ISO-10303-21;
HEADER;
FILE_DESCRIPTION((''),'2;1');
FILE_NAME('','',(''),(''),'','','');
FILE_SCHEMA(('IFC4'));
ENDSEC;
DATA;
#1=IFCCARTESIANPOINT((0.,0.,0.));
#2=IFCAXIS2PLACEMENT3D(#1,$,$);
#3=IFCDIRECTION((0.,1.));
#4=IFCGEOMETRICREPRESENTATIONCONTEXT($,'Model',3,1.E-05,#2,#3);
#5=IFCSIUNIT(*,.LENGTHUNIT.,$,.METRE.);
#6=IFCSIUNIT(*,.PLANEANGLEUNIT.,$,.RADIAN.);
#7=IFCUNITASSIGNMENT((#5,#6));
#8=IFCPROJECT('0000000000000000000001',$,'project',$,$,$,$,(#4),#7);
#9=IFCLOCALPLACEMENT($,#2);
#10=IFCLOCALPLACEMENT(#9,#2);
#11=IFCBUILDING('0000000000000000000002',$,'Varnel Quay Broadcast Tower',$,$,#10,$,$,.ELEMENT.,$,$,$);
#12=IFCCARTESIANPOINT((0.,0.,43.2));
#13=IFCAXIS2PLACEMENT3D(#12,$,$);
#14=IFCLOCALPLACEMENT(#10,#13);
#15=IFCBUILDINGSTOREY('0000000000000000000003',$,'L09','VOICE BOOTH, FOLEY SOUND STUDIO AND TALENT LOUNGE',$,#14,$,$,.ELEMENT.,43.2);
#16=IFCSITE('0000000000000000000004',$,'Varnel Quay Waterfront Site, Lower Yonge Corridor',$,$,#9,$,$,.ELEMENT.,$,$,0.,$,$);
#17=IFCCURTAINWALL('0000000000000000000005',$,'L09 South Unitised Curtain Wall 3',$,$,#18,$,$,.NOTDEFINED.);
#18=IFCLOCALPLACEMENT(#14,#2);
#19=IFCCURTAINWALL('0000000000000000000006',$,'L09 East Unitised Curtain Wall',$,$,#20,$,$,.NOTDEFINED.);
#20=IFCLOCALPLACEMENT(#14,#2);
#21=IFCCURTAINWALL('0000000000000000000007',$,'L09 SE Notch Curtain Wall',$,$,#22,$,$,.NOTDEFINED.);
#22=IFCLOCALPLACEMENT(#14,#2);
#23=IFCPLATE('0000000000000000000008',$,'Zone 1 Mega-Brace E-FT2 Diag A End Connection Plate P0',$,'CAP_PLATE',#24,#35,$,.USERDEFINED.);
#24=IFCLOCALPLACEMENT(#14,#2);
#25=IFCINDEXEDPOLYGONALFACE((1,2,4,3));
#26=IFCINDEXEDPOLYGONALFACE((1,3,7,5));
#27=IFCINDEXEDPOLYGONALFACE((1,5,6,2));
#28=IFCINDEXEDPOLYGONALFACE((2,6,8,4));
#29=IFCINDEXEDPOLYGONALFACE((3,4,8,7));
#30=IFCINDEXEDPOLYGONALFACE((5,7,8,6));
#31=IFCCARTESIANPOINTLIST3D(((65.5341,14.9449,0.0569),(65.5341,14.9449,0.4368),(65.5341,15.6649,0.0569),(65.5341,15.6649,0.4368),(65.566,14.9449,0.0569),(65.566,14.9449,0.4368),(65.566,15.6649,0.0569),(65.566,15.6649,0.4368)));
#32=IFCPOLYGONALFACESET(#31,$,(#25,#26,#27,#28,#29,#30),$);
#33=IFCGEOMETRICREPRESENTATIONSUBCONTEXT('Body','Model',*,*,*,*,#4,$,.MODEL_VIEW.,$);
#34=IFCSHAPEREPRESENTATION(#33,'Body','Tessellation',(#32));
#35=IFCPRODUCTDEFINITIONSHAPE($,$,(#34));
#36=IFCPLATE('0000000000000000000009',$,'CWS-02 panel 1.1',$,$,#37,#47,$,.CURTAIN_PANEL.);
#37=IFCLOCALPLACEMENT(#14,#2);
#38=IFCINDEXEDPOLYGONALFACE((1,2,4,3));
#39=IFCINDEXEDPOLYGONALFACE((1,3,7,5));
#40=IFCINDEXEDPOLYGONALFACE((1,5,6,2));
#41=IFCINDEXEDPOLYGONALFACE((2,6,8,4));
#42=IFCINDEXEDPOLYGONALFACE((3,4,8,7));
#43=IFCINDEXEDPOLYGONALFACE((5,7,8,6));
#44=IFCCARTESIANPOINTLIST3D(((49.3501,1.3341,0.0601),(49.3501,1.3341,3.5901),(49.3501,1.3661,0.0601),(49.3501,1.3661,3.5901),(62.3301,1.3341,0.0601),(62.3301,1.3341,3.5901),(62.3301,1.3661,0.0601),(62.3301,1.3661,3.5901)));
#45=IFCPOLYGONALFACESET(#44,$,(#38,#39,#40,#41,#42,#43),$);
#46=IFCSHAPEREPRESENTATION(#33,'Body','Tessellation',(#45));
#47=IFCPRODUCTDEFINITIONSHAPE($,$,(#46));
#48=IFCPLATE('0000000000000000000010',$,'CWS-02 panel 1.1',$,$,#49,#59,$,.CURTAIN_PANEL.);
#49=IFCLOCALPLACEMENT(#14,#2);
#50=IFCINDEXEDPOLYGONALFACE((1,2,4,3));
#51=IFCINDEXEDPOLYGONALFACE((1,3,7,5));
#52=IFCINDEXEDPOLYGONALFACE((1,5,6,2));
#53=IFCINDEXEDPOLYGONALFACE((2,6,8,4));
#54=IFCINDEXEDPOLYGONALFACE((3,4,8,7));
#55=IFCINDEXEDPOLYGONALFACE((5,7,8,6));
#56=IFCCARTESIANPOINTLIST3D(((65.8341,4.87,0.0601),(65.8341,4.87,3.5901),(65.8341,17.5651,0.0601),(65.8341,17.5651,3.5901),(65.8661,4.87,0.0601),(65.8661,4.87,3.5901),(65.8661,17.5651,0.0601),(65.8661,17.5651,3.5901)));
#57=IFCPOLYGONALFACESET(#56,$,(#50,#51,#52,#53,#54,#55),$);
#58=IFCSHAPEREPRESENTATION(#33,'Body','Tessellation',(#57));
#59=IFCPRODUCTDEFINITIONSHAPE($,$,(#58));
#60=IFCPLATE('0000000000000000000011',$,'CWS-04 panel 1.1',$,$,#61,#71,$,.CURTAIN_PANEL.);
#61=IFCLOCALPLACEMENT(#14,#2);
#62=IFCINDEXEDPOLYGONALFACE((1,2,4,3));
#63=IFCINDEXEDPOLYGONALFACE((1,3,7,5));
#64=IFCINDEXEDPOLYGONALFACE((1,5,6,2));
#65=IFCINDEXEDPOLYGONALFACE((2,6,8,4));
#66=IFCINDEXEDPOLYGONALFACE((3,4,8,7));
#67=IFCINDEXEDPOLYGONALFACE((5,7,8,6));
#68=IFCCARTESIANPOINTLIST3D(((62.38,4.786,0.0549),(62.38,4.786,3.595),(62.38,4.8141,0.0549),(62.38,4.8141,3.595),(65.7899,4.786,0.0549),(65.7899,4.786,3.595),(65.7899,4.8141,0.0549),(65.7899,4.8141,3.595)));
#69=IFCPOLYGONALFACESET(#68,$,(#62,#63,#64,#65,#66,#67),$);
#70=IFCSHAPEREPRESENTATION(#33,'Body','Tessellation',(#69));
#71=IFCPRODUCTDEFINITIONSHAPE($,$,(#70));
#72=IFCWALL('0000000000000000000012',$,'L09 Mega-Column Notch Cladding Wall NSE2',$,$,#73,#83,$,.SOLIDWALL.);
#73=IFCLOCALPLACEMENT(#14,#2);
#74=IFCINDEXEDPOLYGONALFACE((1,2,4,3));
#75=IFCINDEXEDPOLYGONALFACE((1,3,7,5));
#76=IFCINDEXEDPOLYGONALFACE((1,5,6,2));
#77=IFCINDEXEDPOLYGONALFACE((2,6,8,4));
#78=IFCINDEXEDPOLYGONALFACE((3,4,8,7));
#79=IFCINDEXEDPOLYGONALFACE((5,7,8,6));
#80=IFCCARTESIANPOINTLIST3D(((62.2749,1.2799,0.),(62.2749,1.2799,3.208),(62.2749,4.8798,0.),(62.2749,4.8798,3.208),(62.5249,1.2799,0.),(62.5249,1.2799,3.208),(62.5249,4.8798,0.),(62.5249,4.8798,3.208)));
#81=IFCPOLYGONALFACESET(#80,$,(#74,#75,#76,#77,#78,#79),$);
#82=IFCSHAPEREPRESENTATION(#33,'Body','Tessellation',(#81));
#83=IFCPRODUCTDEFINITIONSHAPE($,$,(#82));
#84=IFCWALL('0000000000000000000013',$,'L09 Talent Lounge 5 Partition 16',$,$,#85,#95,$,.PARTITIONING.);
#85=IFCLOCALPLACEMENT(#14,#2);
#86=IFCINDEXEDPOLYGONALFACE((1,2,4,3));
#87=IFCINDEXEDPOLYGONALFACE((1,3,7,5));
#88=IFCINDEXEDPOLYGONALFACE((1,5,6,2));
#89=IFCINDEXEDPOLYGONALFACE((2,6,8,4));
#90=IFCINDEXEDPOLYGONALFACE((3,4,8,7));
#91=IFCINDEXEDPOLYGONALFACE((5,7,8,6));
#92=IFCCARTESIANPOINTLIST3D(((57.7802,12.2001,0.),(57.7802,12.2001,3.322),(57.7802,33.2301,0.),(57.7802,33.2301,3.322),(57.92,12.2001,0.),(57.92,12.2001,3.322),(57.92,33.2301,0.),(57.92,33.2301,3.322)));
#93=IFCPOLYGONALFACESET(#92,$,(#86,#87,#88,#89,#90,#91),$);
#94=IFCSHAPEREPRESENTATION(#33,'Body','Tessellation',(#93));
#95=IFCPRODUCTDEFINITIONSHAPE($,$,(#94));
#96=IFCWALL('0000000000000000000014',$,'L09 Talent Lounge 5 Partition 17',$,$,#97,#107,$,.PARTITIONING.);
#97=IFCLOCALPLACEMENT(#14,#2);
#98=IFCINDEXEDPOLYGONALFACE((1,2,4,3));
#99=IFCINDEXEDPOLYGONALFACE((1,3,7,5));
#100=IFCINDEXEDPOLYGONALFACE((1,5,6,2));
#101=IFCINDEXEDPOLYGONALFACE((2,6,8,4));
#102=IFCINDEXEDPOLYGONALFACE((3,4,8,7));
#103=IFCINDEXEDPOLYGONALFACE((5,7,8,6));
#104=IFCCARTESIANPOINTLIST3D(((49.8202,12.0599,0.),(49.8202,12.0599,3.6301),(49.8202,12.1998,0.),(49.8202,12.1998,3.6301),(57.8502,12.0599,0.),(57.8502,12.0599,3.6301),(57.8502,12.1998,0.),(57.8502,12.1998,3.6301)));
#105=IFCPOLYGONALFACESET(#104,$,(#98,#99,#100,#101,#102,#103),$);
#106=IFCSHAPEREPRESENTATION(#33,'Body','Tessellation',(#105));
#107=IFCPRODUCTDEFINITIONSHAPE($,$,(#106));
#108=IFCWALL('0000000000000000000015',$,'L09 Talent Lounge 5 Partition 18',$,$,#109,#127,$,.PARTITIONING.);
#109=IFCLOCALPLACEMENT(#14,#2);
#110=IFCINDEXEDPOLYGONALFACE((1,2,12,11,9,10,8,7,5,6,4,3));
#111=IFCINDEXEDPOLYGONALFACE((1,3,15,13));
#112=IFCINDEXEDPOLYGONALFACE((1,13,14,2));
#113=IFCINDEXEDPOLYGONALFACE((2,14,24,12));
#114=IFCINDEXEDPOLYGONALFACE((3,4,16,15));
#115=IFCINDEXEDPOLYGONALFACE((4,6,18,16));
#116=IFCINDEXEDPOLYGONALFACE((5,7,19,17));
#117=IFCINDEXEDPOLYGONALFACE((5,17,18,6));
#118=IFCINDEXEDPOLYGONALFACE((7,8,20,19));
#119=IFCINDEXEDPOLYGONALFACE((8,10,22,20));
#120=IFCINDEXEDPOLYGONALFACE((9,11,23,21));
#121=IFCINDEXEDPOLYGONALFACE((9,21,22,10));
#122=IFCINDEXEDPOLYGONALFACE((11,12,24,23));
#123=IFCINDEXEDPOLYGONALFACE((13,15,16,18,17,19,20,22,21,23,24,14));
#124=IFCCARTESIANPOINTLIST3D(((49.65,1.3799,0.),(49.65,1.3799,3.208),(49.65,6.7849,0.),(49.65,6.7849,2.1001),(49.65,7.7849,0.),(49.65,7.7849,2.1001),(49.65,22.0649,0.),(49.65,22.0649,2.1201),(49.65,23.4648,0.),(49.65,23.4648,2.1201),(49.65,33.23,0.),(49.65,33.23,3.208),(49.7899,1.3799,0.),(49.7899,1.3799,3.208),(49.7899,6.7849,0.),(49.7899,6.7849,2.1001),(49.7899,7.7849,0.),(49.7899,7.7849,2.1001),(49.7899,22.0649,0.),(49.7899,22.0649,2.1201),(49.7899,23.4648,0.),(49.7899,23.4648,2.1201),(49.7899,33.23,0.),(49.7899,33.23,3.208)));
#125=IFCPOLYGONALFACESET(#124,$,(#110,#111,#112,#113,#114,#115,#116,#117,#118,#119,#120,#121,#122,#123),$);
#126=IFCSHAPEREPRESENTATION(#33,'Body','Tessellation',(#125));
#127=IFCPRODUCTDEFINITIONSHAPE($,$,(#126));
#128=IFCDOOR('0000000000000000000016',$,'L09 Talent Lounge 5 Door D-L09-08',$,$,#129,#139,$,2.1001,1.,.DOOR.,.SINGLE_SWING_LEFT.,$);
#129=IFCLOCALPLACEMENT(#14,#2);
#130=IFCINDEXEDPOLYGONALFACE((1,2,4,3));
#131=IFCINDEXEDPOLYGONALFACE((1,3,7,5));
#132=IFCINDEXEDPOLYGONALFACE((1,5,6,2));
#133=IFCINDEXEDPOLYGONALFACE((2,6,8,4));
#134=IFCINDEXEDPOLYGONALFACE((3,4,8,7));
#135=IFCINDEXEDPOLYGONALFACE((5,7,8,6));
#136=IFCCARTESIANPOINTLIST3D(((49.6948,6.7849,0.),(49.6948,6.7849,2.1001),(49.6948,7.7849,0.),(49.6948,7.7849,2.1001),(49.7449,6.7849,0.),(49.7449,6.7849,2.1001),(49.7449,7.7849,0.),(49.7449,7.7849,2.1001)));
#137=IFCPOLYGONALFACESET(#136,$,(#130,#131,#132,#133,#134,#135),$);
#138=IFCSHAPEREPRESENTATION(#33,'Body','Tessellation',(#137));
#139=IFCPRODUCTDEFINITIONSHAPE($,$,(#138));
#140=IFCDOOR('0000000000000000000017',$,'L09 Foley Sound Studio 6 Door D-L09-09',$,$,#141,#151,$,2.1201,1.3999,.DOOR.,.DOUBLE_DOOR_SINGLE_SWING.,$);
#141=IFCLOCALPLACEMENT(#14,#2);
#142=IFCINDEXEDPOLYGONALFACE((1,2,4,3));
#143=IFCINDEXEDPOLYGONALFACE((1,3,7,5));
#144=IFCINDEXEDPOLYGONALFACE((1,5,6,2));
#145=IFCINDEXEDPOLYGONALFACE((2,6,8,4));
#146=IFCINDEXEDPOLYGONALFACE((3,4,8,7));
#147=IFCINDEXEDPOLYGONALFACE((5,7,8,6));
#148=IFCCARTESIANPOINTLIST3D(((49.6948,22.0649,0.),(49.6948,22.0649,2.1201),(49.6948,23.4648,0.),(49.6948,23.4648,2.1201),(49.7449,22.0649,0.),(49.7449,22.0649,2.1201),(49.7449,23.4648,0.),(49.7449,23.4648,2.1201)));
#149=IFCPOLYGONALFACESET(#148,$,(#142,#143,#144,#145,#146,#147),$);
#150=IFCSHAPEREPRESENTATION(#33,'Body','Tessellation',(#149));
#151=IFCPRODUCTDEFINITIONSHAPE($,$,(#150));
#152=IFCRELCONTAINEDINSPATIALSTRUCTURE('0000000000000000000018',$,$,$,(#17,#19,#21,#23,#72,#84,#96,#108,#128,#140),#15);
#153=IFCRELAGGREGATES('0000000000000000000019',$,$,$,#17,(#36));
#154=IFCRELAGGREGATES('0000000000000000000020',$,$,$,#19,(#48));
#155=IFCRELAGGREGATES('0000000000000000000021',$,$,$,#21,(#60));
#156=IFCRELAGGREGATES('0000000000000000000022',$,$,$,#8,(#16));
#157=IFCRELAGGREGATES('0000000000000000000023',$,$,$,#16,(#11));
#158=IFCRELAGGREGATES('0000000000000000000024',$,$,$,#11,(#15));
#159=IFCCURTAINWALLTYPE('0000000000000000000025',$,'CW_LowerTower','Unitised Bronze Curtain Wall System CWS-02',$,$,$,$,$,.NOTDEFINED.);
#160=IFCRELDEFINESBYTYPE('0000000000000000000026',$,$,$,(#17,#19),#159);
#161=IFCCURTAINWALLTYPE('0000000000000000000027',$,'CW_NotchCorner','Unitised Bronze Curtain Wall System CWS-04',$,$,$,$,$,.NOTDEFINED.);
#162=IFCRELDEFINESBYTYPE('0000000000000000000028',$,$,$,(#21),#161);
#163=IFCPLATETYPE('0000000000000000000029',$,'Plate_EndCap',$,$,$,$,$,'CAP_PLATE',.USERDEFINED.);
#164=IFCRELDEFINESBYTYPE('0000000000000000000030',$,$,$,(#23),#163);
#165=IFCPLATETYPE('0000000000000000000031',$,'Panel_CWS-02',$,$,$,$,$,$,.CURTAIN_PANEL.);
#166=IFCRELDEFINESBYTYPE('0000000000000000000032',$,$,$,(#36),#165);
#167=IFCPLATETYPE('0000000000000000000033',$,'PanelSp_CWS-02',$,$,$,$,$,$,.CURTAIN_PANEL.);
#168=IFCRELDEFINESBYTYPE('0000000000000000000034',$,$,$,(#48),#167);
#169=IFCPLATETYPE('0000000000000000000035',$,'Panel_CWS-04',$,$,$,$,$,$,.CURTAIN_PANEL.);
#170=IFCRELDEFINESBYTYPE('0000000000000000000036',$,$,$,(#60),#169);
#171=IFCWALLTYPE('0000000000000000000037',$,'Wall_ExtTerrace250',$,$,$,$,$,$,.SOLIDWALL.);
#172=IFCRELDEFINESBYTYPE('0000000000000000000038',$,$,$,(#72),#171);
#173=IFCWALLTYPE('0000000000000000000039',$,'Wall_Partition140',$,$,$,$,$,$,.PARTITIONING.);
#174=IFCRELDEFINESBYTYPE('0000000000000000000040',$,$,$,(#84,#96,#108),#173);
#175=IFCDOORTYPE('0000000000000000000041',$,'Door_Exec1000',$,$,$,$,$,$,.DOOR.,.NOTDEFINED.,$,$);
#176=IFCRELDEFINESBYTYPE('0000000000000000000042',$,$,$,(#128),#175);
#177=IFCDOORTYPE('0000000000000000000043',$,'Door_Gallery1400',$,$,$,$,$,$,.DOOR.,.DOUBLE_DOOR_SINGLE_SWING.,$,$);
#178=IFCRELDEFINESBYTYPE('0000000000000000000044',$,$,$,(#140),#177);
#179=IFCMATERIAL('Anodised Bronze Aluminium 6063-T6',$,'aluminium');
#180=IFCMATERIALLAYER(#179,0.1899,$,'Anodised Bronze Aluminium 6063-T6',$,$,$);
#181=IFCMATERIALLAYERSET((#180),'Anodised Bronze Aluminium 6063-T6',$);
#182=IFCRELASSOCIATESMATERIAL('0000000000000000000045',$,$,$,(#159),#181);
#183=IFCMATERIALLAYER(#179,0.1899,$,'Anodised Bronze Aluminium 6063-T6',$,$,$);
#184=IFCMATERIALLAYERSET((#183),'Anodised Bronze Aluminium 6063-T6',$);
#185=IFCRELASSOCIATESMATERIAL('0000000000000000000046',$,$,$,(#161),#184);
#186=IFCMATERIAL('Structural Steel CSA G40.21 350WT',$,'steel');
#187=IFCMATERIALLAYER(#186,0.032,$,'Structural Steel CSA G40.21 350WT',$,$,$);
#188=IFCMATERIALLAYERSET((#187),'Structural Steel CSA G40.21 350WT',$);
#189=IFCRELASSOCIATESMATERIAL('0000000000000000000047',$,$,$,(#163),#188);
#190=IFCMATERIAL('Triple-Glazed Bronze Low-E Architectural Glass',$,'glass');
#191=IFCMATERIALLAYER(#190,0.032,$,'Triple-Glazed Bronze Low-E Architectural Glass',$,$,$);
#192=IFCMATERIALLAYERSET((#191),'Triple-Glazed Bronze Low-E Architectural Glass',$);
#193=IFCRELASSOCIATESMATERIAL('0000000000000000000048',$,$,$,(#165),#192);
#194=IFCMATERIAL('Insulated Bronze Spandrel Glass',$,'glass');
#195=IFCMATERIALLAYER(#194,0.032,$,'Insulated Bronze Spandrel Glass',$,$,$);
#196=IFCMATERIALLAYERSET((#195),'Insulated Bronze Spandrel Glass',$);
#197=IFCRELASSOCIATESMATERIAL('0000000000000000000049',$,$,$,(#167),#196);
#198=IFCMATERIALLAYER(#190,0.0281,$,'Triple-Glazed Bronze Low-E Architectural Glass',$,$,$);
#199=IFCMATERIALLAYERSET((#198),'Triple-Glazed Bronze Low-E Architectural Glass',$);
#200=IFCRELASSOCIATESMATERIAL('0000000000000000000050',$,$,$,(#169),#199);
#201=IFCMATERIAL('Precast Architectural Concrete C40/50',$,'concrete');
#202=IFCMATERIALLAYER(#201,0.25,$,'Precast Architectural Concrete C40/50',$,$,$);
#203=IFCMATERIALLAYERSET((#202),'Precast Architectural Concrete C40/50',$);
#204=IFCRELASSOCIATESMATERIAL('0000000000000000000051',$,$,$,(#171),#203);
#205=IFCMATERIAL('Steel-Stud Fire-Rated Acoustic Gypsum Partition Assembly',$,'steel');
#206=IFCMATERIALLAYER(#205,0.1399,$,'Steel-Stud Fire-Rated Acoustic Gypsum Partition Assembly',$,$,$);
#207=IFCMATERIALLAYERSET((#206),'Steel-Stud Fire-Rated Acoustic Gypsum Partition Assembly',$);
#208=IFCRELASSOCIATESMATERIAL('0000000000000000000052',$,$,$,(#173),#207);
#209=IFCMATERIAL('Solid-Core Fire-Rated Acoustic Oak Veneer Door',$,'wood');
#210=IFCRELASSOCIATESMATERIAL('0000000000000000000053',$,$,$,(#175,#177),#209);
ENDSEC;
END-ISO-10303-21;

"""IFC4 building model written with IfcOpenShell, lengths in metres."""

from ifc_helpers import new_model, si_unit, direction, frame, frame_2d, origin, origin_2d, place, context, subcontext, project, spatial, rectangle, extrude, source, transform, mapped, material, layer, layer_set, type_object, type_shapes, element, fill, aggregate, save


model = new_model("IFC4")

# Units and contexts
model_context = context("Model", 3, precision=1e-05, world=origin(), true_north=direction((0.0, 1.0)))
body_context = subcontext(model_context, "Body", "Model", "MODEL_VIEW")
ifc_project = project(units=[si_unit("LENGTHUNIT", "METRE"), si_unit("PLANEANGLEUNIT", "RADIAN")], contexts=[model_context])

# Site, building, storey
site_placement = place(None, origin())
site = spatial("IfcSite", under=ifc_project, at=site_placement, Name="Varnel Quay Waterfront Site, Lower Yonge Corridor", CompositionType="ELEMENT", RefElevation=0.0)
building_placement = place(site_placement, origin())
building = spatial("IfcBuilding", under=site, at=building_placement, Name="Varnel Quay Broadcast Tower", CompositionType="ELEMENT")
storey_placement = place(building_placement, frame((0.0, 0.0, 43.2)))
storey = spatial("IfcBuildingStorey", under=building, at=storey_placement, Name="L09", Description="VOICE BOOTH, FOLEY SOUND STUDIO AND TALENT LOUNGE", CompositionType="ELEMENT", Elevation=43.2)

# Shared definitions
ifc_material_1 = material(Name="Structural Steel CSA G40.21 350WT", Category="steel")

# Curtain walls
ifc_material_2 = material(Name="Anodised Bronze Aluminium 6063-T6", Category="aluminium")
ifc_layer_1 = layer(ifc_material_2, 0.1899, Name="Anodised Bronze Aluminium 6063-T6")
ifc_layer_set_1 = layer_set([ifc_layer_1], Name="Anodised Bronze Aluminium 6063-T6")
curtain_wall_type_1 = type_object("IfcCurtainWallType", Name="CW_LowerTower", Description="Unitised Bronze Curtain Wall System CWS-02", PredefinedType="NOTDEFINED", material=ifc_layer_set_1)
curtain_wall_1_placement = place(storey_placement, origin())
curtain_wall_1 = element("IfcCurtainWall", 1, at=curtain_wall_1_placement, inside=storey, type_object=curtain_wall_type_1, Name="L09 South Unitised Curtain Wall 3", PredefinedType="NOTDEFINED")
curtain_wall_2_placement = place(storey_placement, origin())
curtain_wall_2 = element("IfcCurtainWall", 2, at=curtain_wall_2_placement, inside=storey, type_object=curtain_wall_type_1, Name="L09 East Unitised Curtain Wall", PredefinedType="NOTDEFINED")
ifc_layer_2 = layer(ifc_material_2, 0.1899, Name="Anodised Bronze Aluminium 6063-T6")
ifc_layer_set_2 = layer_set([ifc_layer_2], Name="Anodised Bronze Aluminium 6063-T6")
curtain_wall_type_2 = type_object("IfcCurtainWallType", Name="CW_NotchCorner", Description="Unitised Bronze Curtain Wall System CWS-04", PredefinedType="NOTDEFINED", material=ifc_layer_set_2)
curtain_wall_3_placement = place(storey_placement, origin())
curtain_wall_3 = element("IfcCurtainWall", 3, at=curtain_wall_3_placement, inside=storey, type_object=curtain_wall_type_2, Name="L09 SE Notch Curtain Wall", PredefinedType="NOTDEFINED")

# Plates
ifc_layer_3 = layer(ifc_material_1, 0.032, Name="Structural Steel CSA G40.21 350WT")
ifc_layer_set_3 = layer_set([ifc_layer_3], Name="Structural Steel CSA G40.21 350WT")
plate_type_1 = type_object("IfcPlateType", Name="Plate_EndCap", ElementType="CAP_PLATE", PredefinedType="USERDEFINED", material=ifc_layer_set_3)
shared_shape_1 = source(origin(), body_context, "Body", "SweptSolid", [
    extrude(rectangle(XDim=0.72, YDim=0.032, at=origin_2d()), origin(), (0.0, 0.0, 1.0), 0.3799),
])
type_shapes(plate_type_1, [shared_shape_1])
plate_1_placement = place(storey_placement, frame((65.55, 15.3049, 0.0569), z_axis=(0.0, 0.0, 1.0), x_axis=(0.0, 1.0, 0.0)))
element("IfcPlate", 4, at=plate_1_placement, inside=storey, type_object=plate_type_1, Name="Zone 1 Mega-Brace E-FT2 Diag A End Connection Plate P0", ObjectType="CAP_PLATE", PredefinedType="USERDEFINED", context=body_context, shape_type="MappedRepresentation", body=[
    mapped(shared_shape_1, transform((0.0, 0.0, 0.0), x_axis=(1.0, 0.0, 0.0), y_axis=(0.0, 1.0, 0.0), z_axis=(0.0, 0.0, 1.0), scale=1.0)),
])
ifc_material_3 = material(Name="Triple-Glazed Bronze Low-E Architectural Glass", Category="glass")
ifc_layer_4 = layer(ifc_material_3, 0.032, Name="Triple-Glazed Bronze Low-E Architectural Glass")
ifc_layer_set_4 = layer_set([ifc_layer_4], Name="Triple-Glazed Bronze Low-E Architectural Glass")
plate_type_2 = type_object("IfcPlateType", Name="Panel_CWS-02", PredefinedType="CURTAIN_PANEL", material=ifc_layer_set_4)
shared_shape_2 = source(origin(), body_context, "Body", "SweptSolid", [
    extrude(rectangle(XDim=12.98, YDim=0.032, at=origin_2d()), origin(), (0.0, 0.0, 1.0), 3.53),
])
type_shapes(plate_type_2, [shared_shape_2])
plate_2_placement = place(storey_placement, frame((55.8401, 1.3501, 0.0601), z_axis=(0.0, 0.0, 1.0), x_axis=(1.0, 0.0, 0.0)))
plate_2 = element("IfcPlate", 5, at=plate_2_placement, type_object=plate_type_2, Name="CWS-02 panel 1.1", PredefinedType="CURTAIN_PANEL", context=body_context, shape_type="MappedRepresentation", body=[
    mapped(shared_shape_2, transform((0.0, 0.0, 0.0), x_axis=(1.0, 0.0, 0.0), y_axis=(0.0, 1.0, 0.0), z_axis=(0.0, 0.0, 1.0), scale=1.0)),
])
aggregate(curtain_wall_1, [plate_2])
ifc_material_4 = material(Name="Insulated Bronze Spandrel Glass", Category="glass")
ifc_layer_5 = layer(ifc_material_4, 0.032, Name="Insulated Bronze Spandrel Glass")
ifc_layer_set_5 = layer_set([ifc_layer_5], Name="Insulated Bronze Spandrel Glass")
plate_type_3 = type_object("IfcPlateType", Name="PanelSp_CWS-02", PredefinedType="CURTAIN_PANEL", material=ifc_layer_set_5)
shared_shape_3 = source(origin(), body_context, "Body", "SweptSolid", [
    extrude(rectangle(XDim=12.6951, YDim=0.032, at=origin_2d()), origin(), (0.0, 0.0, 1.0), 3.53),
])
type_shapes(plate_type_3, [shared_shape_3])
plate_3_placement = place(storey_placement, frame((65.8501, 11.2175, 0.0601), z_axis=(0.0, 0.0, 1.0), x_axis=(0.0, 1.0, 0.0)))
plate_3 = element("IfcPlate", 6, at=plate_3_placement, type_object=plate_type_3, Name="CWS-02 panel 1.1", PredefinedType="CURTAIN_PANEL", context=body_context, shape_type="MappedRepresentation", body=[
    mapped(shared_shape_3, transform((0.0, 0.0, 0.0), x_axis=(1.0, 0.0, 0.0), y_axis=(0.0, 1.0, 0.0), z_axis=(0.0, 0.0, 1.0), scale=1.0)),
])
aggregate(curtain_wall_2, [plate_3])
ifc_layer_6 = layer(ifc_material_3, 0.0281, Name="Triple-Glazed Bronze Low-E Architectural Glass")
ifc_layer_set_6 = layer_set([ifc_layer_6], Name="Triple-Glazed Bronze Low-E Architectural Glass")
plate_type_4 = type_object("IfcPlateType", Name="Panel_CWS-04", PredefinedType="CURTAIN_PANEL", material=ifc_layer_set_6)
shared_shape_4 = source(origin(), body_context, "Body", "SweptSolid", [
    extrude(rectangle(XDim=3.4099, YDim=0.0281, at=origin_2d()), origin(), (0.0, 0.0, 1.0), 3.54),
])
type_shapes(plate_type_4, [shared_shape_4])
plate_4_placement = place(storey_placement, frame((64.085, 4.8, 0.0549), z_axis=(0.0, 0.0, 1.0), x_axis=(1.0, 0.0, 0.0)))
plate_4 = element("IfcPlate", 7, at=plate_4_placement, type_object=plate_type_4, Name="CWS-04 panel 1.1", PredefinedType="CURTAIN_PANEL", context=body_context, shape_type="MappedRepresentation", body=[
    mapped(shared_shape_4, transform((0.0, 0.0, 0.0), x_axis=(1.0, 0.0, 0.0), y_axis=(0.0, 1.0, 0.0), z_axis=(0.0, 0.0, 1.0), scale=1.0)),
])
aggregate(curtain_wall_3, [plate_4])

# Walls
ifc_material_5 = material(Name="Precast Architectural Concrete C40/50", Category="concrete")
ifc_layer_7 = layer(ifc_material_5, 0.25, Name="Precast Architectural Concrete C40/50")
ifc_layer_set_7 = layer_set([ifc_layer_7], Name="Precast Architectural Concrete C40/50")
wall_type_1 = type_object("IfcWallType", Name="Wall_ExtTerrace250", PredefinedType="SOLIDWALL", material=ifc_layer_set_7)
wall_1_placement = place(storey_placement, frame((62.3999, 1.28, 0.0), z_axis=(0.0, 0.0, 1.0), x_axis=(0.0, 1.0, 0.0)))
element("IfcWall", 8, at=wall_1_placement, inside=storey, type_object=wall_type_1, Name="L09 Mega-Column Notch Cladding Wall NSE2", PredefinedType="SOLIDWALL", context=body_context, shape_type="SweptSolid", body=[
    extrude(rectangle(XDim=3.5999, YDim=0.25, at=frame_2d((1.7998, 0.0))), origin(), (0.0, 0.0, 1.0), 3.208),
])
ifc_material_6 = material(Name="Steel-Stud Fire-Rated Acoustic Gypsum Partition Assembly", Category="steel")
ifc_layer_8 = layer(ifc_material_6, 0.1399, Name="Steel-Stud Fire-Rated Acoustic Gypsum Partition Assembly")
ifc_layer_set_8 = layer_set([ifc_layer_8], Name="Steel-Stud Fire-Rated Acoustic Gypsum Partition Assembly")
wall_type_2 = type_object("IfcWallType", Name="Wall_Partition140", PredefinedType="PARTITIONING", material=ifc_layer_set_8)
wall_2_placement = place(storey_placement, frame((57.8501, 12.2, 0.0), z_axis=(0.0, 0.0, 1.0), x_axis=(0.0, 1.0, 0.0)))
element("IfcWall", 9, at=wall_2_placement, inside=storey, type_object=wall_type_2, Name="L09 Talent Lounge 5 Partition 16", PredefinedType="PARTITIONING", context=body_context, shape_type="SweptSolid", body=[
    extrude(rectangle(XDim=21.03, YDim=0.1399, at=frame_2d((10.5151, 0.0))), origin(), (0.0, 0.0, 1.0), 3.322),
])
wall_3_placement = place(storey_placement, frame((49.8201, 12.1299, 0.0), z_axis=(0.0, 0.0, 1.0), x_axis=(1.0, 0.0, 0.0)))
element("IfcWall", 10, at=wall_3_placement, inside=storey, type_object=wall_type_2, Name="L09 Talent Lounge 5 Partition 17", PredefinedType="PARTITIONING", context=body_context, shape_type="SweptSolid", body=[
    extrude(rectangle(XDim=8.03, YDim=0.1399, at=frame_2d((4.0151, 0.0))), origin(), (0.0, 0.0, 1.0), 3.6301),
])

# Wall, openings, doors
wall_4_placement = place(storey_placement, frame((49.72, 1.3799, 0.0), z_axis=(0.0, 0.0, 1.0), x_axis=(0.0, 1.0, 0.0)))
wall_4 = element("IfcWall", 11, at=wall_4_placement, inside=storey, type_object=wall_type_2, Name="L09 Talent Lounge 5 Partition 18", PredefinedType="PARTITIONING", context=body_context, shape_type="SweptSolid", body=[
    extrude(rectangle(XDim=31.8501, YDim=0.1399, at=frame_2d((15.925, 0.0))), origin(), (0.0, 0.0, 1.0), 3.208),
])
opening_1_placement = place(wall_4_placement, frame((5.405, 0.0, 0.0)))
opening_1 = element("IfcOpeningElement", 12, at=opening_1_placement, cuts=wall_4, PredefinedType="OPENING", context=body_context, shape_type="SweptSolid", body=[
    extrude(rectangle(XDim=1.0, YDim=2.1001, at=frame_2d((0.5, 1.05))), frame((0.0, 0.0801, 0.0), z_axis=(0.0, -1.0, 0.0), x_axis=(1.0, 0.0, 0.0)), (0.0, 0.0, 1.0), 0.1599),
])
opening_2_placement = place(wall_4_placement, frame((20.6851, 0.0, 0.0)))
opening_2 = element("IfcOpeningElement", 13, at=opening_2_placement, cuts=wall_4, PredefinedType="OPENING", context=body_context, shape_type="SweptSolid", body=[
    extrude(rectangle(XDim=1.3999, YDim=2.1201, at=frame_2d((0.7, 1.0601))), frame((0.0, 0.0801, 0.0), z_axis=(0.0, -1.0, 0.0), x_axis=(1.0, 0.0, 0.0)), (0.0, 0.0, 1.0), 0.1599),
])
ifc_material_7 = material(Name="Solid-Core Fire-Rated Acoustic Oak Veneer Door", Category="wood")
door_type_1 = type_object("IfcDoorType", Name="Door_Exec1000", OperationType="NOTDEFINED", PredefinedType="DOOR", material=ifc_material_7)
shared_shape_5 = source(origin(), body_context, "Body", "SweptSolid", [
    extrude(rectangle(XDim=1.0, YDim=2.1001, at=frame_2d((0.5, 1.05))), frame((0.0, 0.0249, 0.0), z_axis=(0.0, -1.0, 0.0), x_axis=(1.0, 0.0, 0.0)), (0.0, 0.0, 1.0), 0.05),
])
type_shapes(door_type_1, [shared_shape_5])
door_1_placement = place(opening_1_placement, frame((1.0, 0.0, 0.0), z_axis=(0.0, 0.0, 1.0), x_axis=(-1.0, 0.0, 0.0)))
door_1 = element("IfcDoor", 14, at=door_1_placement, inside=storey, type_object=door_type_1, Name="L09 Talent Lounge 5 Door D-L09-08", OperationType="SINGLE_SWING_LEFT", OverallHeight=2.1001, OverallWidth=1.0, PredefinedType="DOOR", context=body_context, shape_type="MappedRepresentation", body=[
    mapped(shared_shape_5, transform((0.0, 0.0, 0.0), x_axis=(1.0, 0.0, 0.0), y_axis=(0.0, 1.0, 0.0), z_axis=(0.0, 0.0, 1.0), scale=1.0)),
])
fill(opening_1, door_1)
door_type_2 = type_object("IfcDoorType", Name="Door_Gallery1400", OperationType="DOUBLE_DOOR_SINGLE_SWING", PredefinedType="DOOR", material=ifc_material_7)
shared_shape_6 = source(origin(), body_context, "Body", "SweptSolid", [
    extrude(rectangle(XDim=1.3999, YDim=2.1201, at=frame_2d((0.7, 1.0601))), frame((0.0, 0.0249, 0.0), z_axis=(0.0, -1.0, 0.0), x_axis=(1.0, 0.0, 0.0)), (0.0, 0.0, 1.0), 0.05),
])
type_shapes(door_type_2, [shared_shape_6])
door_2_placement = place(opening_2_placement, frame((1.3999, 0.0, 0.0), z_axis=(0.0, 0.0, 1.0), x_axis=(-1.0, 0.0, 0.0)))
door_2 = element("IfcDoor", 15, at=door_2_placement, inside=storey, type_object=door_type_2, Name="L09 Foley Sound Studio 6 Door D-L09-09", OperationType="DOUBLE_DOOR_SINGLE_SWING", OverallHeight=2.1201, OverallWidth=1.3999, PredefinedType="DOOR", context=body_context, shape_type="MappedRepresentation", body=[
    mapped(shared_shape_6, transform((0.0, 0.0, 0.0), x_axis=(1.0, 0.0, 0.0), y_axis=(0.0, 1.0, 0.0), z_axis=(0.0, 0.0, 1.0), scale=1.0)),
])
fill(opening_2, door_2)

save(model, "model.ifc")
